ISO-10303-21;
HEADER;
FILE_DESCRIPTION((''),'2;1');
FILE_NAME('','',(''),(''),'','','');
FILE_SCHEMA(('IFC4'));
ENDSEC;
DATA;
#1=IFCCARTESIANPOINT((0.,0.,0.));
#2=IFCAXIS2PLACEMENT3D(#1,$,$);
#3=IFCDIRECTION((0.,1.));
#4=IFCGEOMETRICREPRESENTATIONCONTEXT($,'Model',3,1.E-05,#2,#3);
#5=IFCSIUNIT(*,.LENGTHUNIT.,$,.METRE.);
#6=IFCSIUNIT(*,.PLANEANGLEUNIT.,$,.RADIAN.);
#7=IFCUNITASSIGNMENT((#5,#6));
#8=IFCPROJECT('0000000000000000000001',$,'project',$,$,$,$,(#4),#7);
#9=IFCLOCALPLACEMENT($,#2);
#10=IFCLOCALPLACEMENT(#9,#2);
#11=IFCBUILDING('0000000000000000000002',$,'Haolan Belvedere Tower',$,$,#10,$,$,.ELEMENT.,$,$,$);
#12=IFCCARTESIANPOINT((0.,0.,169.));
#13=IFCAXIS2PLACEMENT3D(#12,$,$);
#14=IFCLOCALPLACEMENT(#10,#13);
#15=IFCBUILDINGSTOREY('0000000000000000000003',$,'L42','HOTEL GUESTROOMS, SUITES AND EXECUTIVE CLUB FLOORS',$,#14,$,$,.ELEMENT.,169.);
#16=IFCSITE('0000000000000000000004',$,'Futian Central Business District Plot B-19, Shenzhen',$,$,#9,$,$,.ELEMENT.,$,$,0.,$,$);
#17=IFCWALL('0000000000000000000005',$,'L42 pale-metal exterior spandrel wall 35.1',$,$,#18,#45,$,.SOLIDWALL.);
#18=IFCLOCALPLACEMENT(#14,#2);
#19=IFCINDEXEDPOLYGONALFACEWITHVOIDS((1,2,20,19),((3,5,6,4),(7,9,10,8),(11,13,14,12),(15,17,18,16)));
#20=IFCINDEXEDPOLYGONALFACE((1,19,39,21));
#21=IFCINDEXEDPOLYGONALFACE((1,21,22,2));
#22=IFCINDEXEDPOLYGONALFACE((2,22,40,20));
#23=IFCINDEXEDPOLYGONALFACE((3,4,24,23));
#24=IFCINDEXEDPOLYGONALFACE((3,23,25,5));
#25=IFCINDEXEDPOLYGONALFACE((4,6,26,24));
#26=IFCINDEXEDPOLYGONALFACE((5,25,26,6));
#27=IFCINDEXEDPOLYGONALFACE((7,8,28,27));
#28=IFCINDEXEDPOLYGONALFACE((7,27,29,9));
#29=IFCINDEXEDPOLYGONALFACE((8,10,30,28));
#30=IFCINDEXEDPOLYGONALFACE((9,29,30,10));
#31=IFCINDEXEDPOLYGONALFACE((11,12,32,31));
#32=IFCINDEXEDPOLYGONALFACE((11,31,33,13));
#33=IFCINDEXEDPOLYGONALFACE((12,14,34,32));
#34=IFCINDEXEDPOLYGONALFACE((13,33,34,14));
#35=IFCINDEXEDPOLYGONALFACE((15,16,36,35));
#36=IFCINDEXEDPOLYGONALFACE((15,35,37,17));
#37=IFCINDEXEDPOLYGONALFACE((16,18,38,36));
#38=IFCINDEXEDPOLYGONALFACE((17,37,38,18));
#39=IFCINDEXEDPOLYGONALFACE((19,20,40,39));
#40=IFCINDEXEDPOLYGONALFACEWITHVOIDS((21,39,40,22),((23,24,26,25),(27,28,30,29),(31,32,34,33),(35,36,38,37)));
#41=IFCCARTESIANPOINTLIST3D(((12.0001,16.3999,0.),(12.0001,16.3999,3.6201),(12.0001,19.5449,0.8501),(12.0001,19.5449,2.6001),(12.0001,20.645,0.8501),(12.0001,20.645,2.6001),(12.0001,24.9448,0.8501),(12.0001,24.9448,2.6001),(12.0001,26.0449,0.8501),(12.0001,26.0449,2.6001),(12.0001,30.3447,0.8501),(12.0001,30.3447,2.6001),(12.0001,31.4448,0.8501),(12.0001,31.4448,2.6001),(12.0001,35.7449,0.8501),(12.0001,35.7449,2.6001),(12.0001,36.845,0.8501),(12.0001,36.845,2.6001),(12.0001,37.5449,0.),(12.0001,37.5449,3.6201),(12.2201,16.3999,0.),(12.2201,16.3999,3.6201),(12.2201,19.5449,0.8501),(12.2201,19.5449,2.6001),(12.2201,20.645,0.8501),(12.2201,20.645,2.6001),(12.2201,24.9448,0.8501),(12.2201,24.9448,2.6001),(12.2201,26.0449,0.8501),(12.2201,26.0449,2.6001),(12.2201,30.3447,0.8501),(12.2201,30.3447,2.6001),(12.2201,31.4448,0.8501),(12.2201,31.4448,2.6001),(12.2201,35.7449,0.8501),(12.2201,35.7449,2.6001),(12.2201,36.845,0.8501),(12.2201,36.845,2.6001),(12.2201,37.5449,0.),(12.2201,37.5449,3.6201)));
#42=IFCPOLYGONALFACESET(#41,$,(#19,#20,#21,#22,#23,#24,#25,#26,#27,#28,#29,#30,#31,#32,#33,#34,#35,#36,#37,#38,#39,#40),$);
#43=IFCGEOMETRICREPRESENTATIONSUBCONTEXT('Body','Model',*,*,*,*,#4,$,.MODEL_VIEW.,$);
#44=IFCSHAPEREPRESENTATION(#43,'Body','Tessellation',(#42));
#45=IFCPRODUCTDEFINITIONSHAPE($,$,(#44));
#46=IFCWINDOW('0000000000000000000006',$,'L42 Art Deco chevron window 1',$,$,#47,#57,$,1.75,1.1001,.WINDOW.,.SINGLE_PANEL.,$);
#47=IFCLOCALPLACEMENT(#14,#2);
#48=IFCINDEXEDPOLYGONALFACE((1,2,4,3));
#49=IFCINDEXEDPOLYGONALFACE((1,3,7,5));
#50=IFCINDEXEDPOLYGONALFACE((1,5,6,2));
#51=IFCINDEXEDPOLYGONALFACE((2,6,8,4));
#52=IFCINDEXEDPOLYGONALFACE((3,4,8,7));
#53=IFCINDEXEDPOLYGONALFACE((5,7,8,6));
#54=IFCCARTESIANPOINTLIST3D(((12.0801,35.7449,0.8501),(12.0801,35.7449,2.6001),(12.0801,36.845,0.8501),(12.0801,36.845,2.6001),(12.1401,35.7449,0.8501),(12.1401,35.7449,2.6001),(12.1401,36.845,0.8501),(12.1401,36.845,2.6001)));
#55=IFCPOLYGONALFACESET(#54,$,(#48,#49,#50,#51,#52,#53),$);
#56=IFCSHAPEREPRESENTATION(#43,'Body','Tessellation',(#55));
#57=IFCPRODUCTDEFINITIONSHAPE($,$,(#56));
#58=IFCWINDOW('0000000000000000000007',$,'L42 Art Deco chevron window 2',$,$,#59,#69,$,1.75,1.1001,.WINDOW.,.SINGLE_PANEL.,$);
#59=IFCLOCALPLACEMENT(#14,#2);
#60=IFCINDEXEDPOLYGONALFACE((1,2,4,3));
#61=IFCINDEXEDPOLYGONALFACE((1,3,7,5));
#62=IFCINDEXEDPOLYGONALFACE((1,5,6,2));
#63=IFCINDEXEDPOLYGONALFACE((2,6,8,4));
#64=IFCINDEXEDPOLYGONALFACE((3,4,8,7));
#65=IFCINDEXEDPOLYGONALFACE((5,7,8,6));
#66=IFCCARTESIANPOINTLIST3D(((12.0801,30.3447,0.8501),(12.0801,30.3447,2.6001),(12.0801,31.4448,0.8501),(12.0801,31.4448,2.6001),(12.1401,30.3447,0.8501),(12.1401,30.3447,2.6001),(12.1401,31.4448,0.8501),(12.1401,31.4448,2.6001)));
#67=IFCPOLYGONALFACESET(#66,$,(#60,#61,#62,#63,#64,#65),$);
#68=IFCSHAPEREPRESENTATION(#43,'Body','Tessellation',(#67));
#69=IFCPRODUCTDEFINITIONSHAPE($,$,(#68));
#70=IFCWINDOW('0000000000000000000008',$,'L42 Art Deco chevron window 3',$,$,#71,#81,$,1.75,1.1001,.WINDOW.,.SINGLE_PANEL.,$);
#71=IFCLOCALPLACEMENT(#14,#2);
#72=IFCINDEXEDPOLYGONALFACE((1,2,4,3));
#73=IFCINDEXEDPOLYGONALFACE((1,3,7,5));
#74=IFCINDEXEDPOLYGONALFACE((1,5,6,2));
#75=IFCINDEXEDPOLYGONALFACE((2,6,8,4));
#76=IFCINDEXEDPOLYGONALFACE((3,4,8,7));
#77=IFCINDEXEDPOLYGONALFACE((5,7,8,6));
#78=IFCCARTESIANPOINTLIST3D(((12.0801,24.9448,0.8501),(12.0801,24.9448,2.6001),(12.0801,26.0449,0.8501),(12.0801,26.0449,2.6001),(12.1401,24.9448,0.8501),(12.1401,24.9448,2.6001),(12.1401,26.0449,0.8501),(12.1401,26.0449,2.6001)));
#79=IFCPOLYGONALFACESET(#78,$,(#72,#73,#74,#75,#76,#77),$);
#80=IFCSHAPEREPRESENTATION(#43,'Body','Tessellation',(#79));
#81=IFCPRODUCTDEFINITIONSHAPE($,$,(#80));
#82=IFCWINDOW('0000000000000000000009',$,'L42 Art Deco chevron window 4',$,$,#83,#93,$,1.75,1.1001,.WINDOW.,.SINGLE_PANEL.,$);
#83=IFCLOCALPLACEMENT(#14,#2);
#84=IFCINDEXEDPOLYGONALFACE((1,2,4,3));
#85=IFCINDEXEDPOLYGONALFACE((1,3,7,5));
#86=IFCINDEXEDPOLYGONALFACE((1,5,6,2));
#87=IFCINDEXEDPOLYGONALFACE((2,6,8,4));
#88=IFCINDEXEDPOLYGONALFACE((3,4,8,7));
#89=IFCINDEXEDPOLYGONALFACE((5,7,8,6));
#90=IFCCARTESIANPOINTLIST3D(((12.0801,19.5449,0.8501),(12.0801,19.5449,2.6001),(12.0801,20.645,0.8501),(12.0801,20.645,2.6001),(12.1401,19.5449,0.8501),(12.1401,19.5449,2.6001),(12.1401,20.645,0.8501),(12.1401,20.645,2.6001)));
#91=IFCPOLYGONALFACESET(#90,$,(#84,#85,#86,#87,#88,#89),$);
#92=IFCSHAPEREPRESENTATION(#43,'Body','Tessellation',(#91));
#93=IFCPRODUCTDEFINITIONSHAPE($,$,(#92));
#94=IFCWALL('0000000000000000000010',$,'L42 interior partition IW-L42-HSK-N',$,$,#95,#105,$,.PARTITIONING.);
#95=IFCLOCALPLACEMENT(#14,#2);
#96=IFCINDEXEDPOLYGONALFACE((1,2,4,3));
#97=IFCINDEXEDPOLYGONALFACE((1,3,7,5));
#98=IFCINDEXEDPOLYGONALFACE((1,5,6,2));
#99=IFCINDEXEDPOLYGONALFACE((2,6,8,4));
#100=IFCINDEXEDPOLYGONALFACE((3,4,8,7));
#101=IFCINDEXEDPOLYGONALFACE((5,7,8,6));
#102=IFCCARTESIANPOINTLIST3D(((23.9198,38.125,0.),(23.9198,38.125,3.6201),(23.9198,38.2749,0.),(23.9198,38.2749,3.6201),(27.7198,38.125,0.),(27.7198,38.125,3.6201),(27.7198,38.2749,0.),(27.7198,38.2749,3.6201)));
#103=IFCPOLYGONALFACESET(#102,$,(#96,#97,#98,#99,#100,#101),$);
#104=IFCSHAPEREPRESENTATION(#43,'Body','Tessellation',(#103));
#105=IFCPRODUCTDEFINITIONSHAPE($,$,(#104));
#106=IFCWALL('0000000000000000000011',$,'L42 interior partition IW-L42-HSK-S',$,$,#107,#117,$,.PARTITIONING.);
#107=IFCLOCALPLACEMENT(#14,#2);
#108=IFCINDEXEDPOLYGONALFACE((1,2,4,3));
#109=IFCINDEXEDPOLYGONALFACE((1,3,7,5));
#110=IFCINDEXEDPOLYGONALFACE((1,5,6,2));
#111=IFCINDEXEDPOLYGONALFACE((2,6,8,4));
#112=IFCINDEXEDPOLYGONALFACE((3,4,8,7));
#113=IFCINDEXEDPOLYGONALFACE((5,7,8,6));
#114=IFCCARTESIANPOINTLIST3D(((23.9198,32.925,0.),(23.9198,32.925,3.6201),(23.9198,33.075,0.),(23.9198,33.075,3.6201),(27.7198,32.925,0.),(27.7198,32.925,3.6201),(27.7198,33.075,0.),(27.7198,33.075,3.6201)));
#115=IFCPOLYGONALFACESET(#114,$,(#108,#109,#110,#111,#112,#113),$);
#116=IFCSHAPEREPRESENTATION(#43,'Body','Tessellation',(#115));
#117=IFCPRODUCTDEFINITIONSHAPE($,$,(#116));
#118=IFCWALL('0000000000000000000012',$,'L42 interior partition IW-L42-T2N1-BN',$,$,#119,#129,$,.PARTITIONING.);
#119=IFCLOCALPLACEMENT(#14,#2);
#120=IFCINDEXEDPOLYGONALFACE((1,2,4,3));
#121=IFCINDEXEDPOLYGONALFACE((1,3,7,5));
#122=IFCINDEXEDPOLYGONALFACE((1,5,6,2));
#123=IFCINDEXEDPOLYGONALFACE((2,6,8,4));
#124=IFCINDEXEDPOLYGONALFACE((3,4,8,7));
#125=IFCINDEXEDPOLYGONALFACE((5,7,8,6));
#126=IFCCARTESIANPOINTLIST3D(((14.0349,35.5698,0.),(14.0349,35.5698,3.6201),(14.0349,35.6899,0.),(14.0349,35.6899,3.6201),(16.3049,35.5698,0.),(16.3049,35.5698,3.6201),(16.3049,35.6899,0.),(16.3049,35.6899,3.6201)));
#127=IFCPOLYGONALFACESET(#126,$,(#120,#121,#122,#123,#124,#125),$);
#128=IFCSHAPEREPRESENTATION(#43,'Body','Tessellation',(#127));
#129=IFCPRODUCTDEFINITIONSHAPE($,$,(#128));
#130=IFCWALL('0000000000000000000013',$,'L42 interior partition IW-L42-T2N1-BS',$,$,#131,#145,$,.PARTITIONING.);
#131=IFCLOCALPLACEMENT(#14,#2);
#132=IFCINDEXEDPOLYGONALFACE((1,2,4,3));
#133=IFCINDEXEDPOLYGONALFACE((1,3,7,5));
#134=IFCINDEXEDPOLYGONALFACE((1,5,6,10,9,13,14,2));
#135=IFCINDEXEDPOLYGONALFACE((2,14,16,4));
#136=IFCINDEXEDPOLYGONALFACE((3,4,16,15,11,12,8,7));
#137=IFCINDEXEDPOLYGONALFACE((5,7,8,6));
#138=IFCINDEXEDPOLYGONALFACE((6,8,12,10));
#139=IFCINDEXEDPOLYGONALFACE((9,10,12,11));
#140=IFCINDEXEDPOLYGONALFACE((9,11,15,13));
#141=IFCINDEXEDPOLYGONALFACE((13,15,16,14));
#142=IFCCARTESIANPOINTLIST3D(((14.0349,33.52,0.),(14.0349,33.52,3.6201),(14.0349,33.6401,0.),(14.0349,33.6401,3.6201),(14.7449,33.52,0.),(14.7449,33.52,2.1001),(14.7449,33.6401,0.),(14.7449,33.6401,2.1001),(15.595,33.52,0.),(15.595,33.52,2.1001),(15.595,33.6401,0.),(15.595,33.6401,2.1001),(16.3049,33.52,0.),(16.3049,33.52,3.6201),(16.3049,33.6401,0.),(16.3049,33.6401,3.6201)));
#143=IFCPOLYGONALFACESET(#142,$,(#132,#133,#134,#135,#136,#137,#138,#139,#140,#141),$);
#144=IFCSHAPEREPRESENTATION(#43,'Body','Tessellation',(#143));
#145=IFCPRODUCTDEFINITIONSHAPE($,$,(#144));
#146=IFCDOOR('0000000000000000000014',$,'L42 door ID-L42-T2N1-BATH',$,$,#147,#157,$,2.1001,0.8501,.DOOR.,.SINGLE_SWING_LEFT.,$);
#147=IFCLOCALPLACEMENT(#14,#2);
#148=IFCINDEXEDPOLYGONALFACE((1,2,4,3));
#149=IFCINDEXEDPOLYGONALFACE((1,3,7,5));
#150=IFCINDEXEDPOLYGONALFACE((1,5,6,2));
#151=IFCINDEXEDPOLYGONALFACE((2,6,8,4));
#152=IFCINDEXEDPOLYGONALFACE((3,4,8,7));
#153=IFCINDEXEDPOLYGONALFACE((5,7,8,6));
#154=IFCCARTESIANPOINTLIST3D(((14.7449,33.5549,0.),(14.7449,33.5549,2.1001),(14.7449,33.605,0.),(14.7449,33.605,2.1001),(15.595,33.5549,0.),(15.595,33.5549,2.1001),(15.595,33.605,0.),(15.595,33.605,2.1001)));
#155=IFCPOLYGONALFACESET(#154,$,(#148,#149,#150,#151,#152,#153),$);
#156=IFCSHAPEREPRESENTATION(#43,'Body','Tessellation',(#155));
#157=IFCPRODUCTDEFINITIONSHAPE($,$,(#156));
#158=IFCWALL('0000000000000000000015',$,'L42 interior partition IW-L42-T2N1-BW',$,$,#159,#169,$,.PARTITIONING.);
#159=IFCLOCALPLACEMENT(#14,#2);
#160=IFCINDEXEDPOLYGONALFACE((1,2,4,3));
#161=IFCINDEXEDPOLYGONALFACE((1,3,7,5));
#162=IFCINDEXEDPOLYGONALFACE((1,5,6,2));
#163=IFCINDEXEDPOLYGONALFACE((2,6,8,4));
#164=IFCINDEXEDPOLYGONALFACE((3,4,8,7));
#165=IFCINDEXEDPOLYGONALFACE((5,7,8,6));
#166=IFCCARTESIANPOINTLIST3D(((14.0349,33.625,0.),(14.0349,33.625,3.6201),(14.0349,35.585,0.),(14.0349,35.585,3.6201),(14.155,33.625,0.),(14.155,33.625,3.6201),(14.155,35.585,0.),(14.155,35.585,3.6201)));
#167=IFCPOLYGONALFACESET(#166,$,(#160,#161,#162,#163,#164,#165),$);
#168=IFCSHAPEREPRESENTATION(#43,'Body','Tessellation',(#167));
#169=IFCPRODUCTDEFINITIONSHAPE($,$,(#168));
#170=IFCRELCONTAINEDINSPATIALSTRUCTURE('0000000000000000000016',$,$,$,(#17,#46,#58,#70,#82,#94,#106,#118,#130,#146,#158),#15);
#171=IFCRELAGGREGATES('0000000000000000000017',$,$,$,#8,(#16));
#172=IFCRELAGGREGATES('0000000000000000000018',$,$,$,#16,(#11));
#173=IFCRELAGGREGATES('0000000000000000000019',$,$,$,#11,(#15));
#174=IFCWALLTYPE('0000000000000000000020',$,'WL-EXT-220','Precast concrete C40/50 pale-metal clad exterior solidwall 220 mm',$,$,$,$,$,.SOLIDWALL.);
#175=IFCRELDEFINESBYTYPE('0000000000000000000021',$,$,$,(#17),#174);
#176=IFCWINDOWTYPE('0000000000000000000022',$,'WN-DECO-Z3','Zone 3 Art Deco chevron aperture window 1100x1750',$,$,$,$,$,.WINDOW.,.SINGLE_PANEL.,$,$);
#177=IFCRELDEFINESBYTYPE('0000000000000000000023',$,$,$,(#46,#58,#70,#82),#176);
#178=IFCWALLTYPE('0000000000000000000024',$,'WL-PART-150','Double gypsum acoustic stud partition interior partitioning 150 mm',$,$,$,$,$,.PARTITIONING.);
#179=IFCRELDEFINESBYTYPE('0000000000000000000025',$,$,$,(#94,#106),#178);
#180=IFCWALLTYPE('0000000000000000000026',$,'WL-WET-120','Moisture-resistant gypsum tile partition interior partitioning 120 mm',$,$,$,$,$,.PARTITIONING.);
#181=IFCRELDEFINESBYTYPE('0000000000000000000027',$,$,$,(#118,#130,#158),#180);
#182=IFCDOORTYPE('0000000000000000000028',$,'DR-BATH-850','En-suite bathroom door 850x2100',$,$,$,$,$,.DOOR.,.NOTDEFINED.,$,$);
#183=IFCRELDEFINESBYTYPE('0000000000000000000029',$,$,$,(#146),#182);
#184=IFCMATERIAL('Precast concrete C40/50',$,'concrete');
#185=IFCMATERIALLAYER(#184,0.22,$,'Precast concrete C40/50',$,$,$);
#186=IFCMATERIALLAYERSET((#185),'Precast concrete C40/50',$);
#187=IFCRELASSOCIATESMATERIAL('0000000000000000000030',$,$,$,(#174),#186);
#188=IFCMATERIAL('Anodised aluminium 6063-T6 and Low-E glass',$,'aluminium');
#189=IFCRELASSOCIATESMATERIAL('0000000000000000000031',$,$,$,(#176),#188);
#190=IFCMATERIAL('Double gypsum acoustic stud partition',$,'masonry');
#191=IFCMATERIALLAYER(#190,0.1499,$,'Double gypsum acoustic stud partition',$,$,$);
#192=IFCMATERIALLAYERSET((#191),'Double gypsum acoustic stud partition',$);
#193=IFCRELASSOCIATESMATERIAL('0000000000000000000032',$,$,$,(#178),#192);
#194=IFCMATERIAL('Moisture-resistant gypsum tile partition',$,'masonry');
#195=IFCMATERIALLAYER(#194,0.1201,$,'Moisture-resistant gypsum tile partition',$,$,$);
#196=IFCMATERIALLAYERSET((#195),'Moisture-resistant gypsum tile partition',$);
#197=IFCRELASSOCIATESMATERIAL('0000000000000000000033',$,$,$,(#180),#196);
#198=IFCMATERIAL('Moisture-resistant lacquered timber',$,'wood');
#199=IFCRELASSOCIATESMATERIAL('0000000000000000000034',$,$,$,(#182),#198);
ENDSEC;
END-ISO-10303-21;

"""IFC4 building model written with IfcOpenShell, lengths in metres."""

from ifc_helpers import new_model, si_unit, direction, frame, frame_2d, origin, place, context, subcontext, project, spatial, rectangle, extrude, material, layer, layer_set, type_object, element, fill, save


model = new_model("IFC4")

# Units and contexts
model_context = context("Model", 3, precision=1e-05, world=origin(), true_north=direction((0.0, 1.0)))
body_context = subcontext(model_context, "Body", "Model", "MODEL_VIEW")
ifc_project = project(units=[si_unit("LENGTHUNIT", "METRE"), si_unit("PLANEANGLEUNIT", "RADIAN")], contexts=[model_context])

# Site, building, storey
site_placement = place(None, origin())
site = spatial("IfcSite", under=ifc_project, at=site_placement, Name="Futian Central Business District Plot B-19, Shenzhen", CompositionType="ELEMENT", RefElevation=0.0)
building_placement = place(site_placement, origin())
building = spatial("IfcBuilding", under=site, at=building_placement, Name="Haolan Belvedere Tower", CompositionType="ELEMENT")
storey_placement = place(building_placement, frame((0.0, 0.0, 169.0)))
storey = spatial("IfcBuildingStorey", under=building, at=storey_placement, Name="L42", Description="HOTEL GUESTROOMS, SUITES AND EXECUTIVE CLUB FLOORS", CompositionType="ELEMENT", Elevation=169.0)

# Shared definitions
ifc_material_1 = material(Name="Precast concrete C40/50", Category="concrete")
ifc_layer_1 = layer(ifc_material_1, 0.22, Name="Precast concrete C40/50")
ifc_layer_set_1 = layer_set([ifc_layer_1], Name="Precast concrete C40/50")
wall_type_1 = type_object("IfcWallType", Name="WL-EXT-220", Description="Precast concrete C40/50 pale-metal clad exterior solidwall 220 mm", PredefinedType="SOLIDWALL", material=ifc_layer_set_1)

# Shared definitions
ifc_material_2 = material(Name="Anodised aluminium 6063-T6 and Low-E glass", Category="aluminium")
window_type = type_object("IfcWindowType", Name="WN-DECO-Z3", Description="Zone 3 Art Deco chevron aperture window 1100x1750", PartitioningType="SINGLE_PANEL", PredefinedType="WINDOW", material=ifc_material_2)

# Wall, openings, windows
wall_1_placement = place(storey_placement, frame((12.1101, 37.5449, 0.0), z_axis=(0.0, 0.0, 1.0), x_axis=(0.0, -1.0, 0.0)))
wall_1 = element("IfcWall", 1, at=wall_1_placement, inside=storey, type_object=wall_type_1, Name="L42 pale-metal exterior spandrel wall 35.1", PredefinedType="SOLIDWALL", context=body_context, shape_type="SweptSolid", body=[
    extrude(rectangle(XDim=21.145, YDim=0.22, at=frame_2d((10.5725, 0.0))), origin(), (0.0, 0.0, 1.0), 3.6201),
])
opening_1_placement = place(wall_1_placement, frame((0.7, 0.0, 0.8501)))
opening_1 = element("IfcOpeningElement", 2, at=opening_1_placement, cuts=wall_1, PredefinedType="OPENING", context=body_context, shape_type="SweptSolid", body=[
    extrude(rectangle(XDim=1.1001, YDim=1.75, at=frame_2d((0.55, 0.875))), frame((0.0, 0.1199, 0.0), z_axis=(0.0, -1.0, 0.0), x_axis=(1.0, 0.0, 0.0)), (0.0, 0.0, 1.0), 0.24),
])
opening_2_placement = place(wall_1_placement, frame((6.1001, 0.0, 0.8501)))
opening_2 = element("IfcOpeningElement", 3, at=opening_2_placement, cuts=wall_1, PredefinedType="OPENING", context=body_context, shape_type="SweptSolid", body=[
    extrude(rectangle(XDim=1.1001, YDim=1.75, at=frame_2d((0.55, 0.875))), frame((0.0, 0.1199, 0.0), z_axis=(0.0, -1.0, 0.0), x_axis=(1.0, 0.0, 0.0)), (0.0, 0.0, 1.0), 0.24),
])
opening_3_placement = place(wall_1_placement, frame((11.5, 0.0, 0.8501)))
opening_3 = element("IfcOpeningElement", 4, at=opening_3_placement, cuts=wall_1, PredefinedType="OPENING", context=body_context, shape_type="SweptSolid", body=[
    extrude(rectangle(XDim=1.1001, YDim=1.75, at=frame_2d((0.55, 0.875))), frame((0.0, 0.1199, 0.0), z_axis=(0.0, -1.0, 0.0), x_axis=(1.0, 0.0, 0.0)), (0.0, 0.0, 1.0), 0.24),
])
opening_4_placement = place(wall_1_placement, frame((16.8999, 0.0, 0.8501)))
opening_4 = element("IfcOpeningElement", 5, at=opening_4_placement, cuts=wall_1, PredefinedType="OPENING", context=body_context, shape_type="SweptSolid", body=[
    extrude(rectangle(XDim=1.1001, YDim=1.75, at=frame_2d((0.55, 0.875))), frame((0.0, 0.1199, 0.0), z_axis=(0.0, -1.0, 0.0), x_axis=(1.0, 0.0, 0.0)), (0.0, 0.0, 1.0), 0.24),
])
window_1_placement = place(opening_1_placement, origin())
window_1 = element("IfcWindow", 6, at=window_1_placement, inside=storey, type_object=window_type, Name="L42 Art Deco chevron window 1", OverallHeight=1.75, OverallWidth=1.1001, PartitioningType="SINGLE_PANEL", PredefinedType="WINDOW", context=body_context, shape_type="SweptSolid", body=[
    extrude(rectangle(XDim=1.1001, YDim=1.75, at=frame_2d((0.55, 0.875))), frame((0.0, 0.03, 0.0), z_axis=(0.0, -1.0, 0.0), x_axis=(1.0, 0.0, 0.0)), (0.0, 0.0, 1.0), 0.0601),
])
fill(opening_1, window_1)
window_2_placement = place(opening_2_placement, origin())
window_2 = element("IfcWindow", 7, at=window_2_placement, inside=storey, type_object=window_type, Name="L42 Art Deco chevron window 2", OverallHeight=1.75, OverallWidth=1.1001, PartitioningType="SINGLE_PANEL", PredefinedType="WINDOW", context=body_context, shape_type="SweptSolid", body=[
    extrude(rectangle(XDim=1.1001, YDim=1.75, at=frame_2d((0.55, 0.875))), frame((0.0, 0.03, 0.0), z_axis=(0.0, -1.0, 0.0), x_axis=(1.0, 0.0, 0.0)), (0.0, 0.0, 1.0), 0.0601),
])
fill(opening_2, window_2)
window_3_placement = place(opening_3_placement, origin())
window_3 = element("IfcWindow", 8, at=window_3_placement, inside=storey, type_object=window_type, Name="L42 Art Deco chevron window 3", OverallHeight=1.75, OverallWidth=1.1001, PartitioningType="SINGLE_PANEL", PredefinedType="WINDOW", context=body_context, shape_type="SweptSolid", body=[
    extrude(rectangle(XDim=1.1001, YDim=1.75, at=frame_2d((0.55, 0.875))), frame((0.0, 0.03, 0.0), z_axis=(0.0, -1.0, 0.0), x_axis=(1.0, 0.0, 0.0)), (0.0, 0.0, 1.0), 0.0601),
])
fill(opening_3, window_3)
window_4_placement = place(opening_4_placement, origin())
window_4 = element("IfcWindow", 9, at=window_4_placement, inside=storey, type_object=window_type, Name="L42 Art Deco chevron window 4", OverallHeight=1.75, OverallWidth=1.1001, PartitioningType="SINGLE_PANEL", PredefinedType="WINDOW", context=body_context, shape_type="SweptSolid", body=[
    extrude(rectangle(XDim=1.1001, YDim=1.75, at=frame_2d((0.55, 0.875))), frame((0.0, 0.03, 0.0), z_axis=(0.0, -1.0, 0.0), x_axis=(1.0, 0.0, 0.0)), (0.0, 0.0, 1.0), 0.0601),
])
fill(opening_4, window_4)

# Walls
ifc_material_3 = material(Name="Double gypsum acoustic stud partition", Category="masonry")
ifc_layer_2 = layer(ifc_material_3, 0.1499, Name="Double gypsum acoustic stud partition")
ifc_layer_set_2 = layer_set([ifc_layer_2], Name="Double gypsum acoustic stud partition")
wall_type_2 = type_object("IfcWallType", Name="WL-PART-150", Description="Double gypsum acoustic stud partition interior partitioning 150 mm", PredefinedType="PARTITIONING", material=ifc_layer_set_2)
for number, where, z_axis, x_axis, name in (
    (10, (23.9199, 38.2, 0.0), (0.0, 0.0, 1.0), (1.0, 0.0, 0.0), "L42 interior partition IW-L42-HSK-N"),
    (11, (23.9199, 33.0, 0.0), (0.0, 0.0, 1.0), (1.0, 0.0, 0.0), "L42 interior partition IW-L42-HSK-S"),
):
    element("IfcWall", number, at=place(storey_placement, frame(where, z_axis=z_axis, x_axis=x_axis)), inside=storey, type_object=wall_type_2, Name=name, PredefinedType="PARTITIONING", context=body_context, shape_type="SweptSolid", body=[
        extrude(rectangle(XDim=3.8, YDim=0.1499, at=frame_2d((1.8999, 0.0))), origin(), (0.0, 0.0, 1.0), 3.6201),
    ])
ifc_material_4 = material(Name="Moisture-resistant gypsum tile partition", Category="masonry")
ifc_layer_3 = layer(ifc_material_4, 0.1201, Name="Moisture-resistant gypsum tile partition")
ifc_layer_set_3 = layer_set([ifc_layer_3], Name="Moisture-resistant gypsum tile partition")
wall_type_3 = type_object("IfcWallType", Name="WL-WET-120", Description="Moisture-resistant gypsum tile partition interior partitioning 120 mm", PredefinedType="PARTITIONING", material=ifc_layer_set_3)
wall_2_placement = place(storey_placement, frame((14.0349, 35.6299, 0.0), z_axis=(0.0, 0.0, 1.0), x_axis=(1.0, 0.0, 0.0)))
element("IfcWall", 12, at=wall_2_placement, inside=storey, type_object=wall_type_3, Name="L42 interior partition IW-L42-T2N1-BN", PredefinedType="PARTITIONING", context=body_context, shape_type="SweptSolid", body=[
    extrude(rectangle(XDim=2.27, YDim=0.1201, at=frame_2d((1.135, 0.0))), origin(), (0.0, 0.0, 1.0), 3.6201),
])

# Wall, opening, door
wall_3_placement = place(storey_placement, frame((14.0349, 33.5801, 0.0), z_axis=(0.0, 0.0, 1.0), x_axis=(1.0, 0.0, 0.0)))
wall_3 = element("IfcWall", 13, at=wall_3_placement, inside=storey, type_object=wall_type_3, Name="L42 interior partition IW-L42-T2N1-BS", PredefinedType="PARTITIONING", context=body_context, shape_type="SweptSolid", body=[
    extrude(rectangle(XDim=2.27, YDim=0.1201, at=frame_2d((1.135, 0.0))), origin(), (0.0, 0.0, 1.0), 3.6201),
])
opening_5_placement = place(wall_3_placement, frame((0.71, 0.0, 0.0)))
opening_5 = element("IfcOpeningElement", 14, at=opening_5_placement, cuts=wall_3, PredefinedType="OPENING", context=body_context, shape_type="SweptSolid", body=[
    extrude(rectangle(XDim=0.8501, YDim=2.1001, at=frame_2d((0.425, 1.05))), frame((0.0, 0.0701, 0.0), z_axis=(0.0, -1.0, 0.0), x_axis=(1.0, 0.0, 0.0)), (0.0, 0.0, 1.0), 0.1401),
])
ifc_material_5 = material(Name="Moisture-resistant lacquered timber", Category="wood")
door_type = type_object("IfcDoorType", Name="DR-BATH-850", Description="En-suite bathroom door 850x2100", OperationType="NOTDEFINED", PredefinedType="DOOR", material=ifc_material_5)
door_1_placement = place(opening_5_placement, origin())
door_1 = element("IfcDoor", 15, at=door_1_placement, inside=storey, type_object=door_type, Name="L42 door ID-L42-T2N1-BATH", OperationType="SINGLE_SWING_LEFT", OverallHeight=2.1001, OverallWidth=0.8501, PredefinedType="DOOR", context=body_context, shape_type="SweptSolid", body=[
    extrude(rectangle(XDim=0.8501, YDim=2.1001, at=frame_2d((0.425, 1.05))), frame((0.0, 0.0249, 0.0), z_axis=(0.0, -1.0, 0.0), x_axis=(1.0, 0.0, 0.0)), (0.0, 0.0, 1.0), 0.05),
])
fill(opening_5, door_1)

# Wall
for number, where, z_axis, x_axis, name in (
    (16, (14.095, 33.625, 0.0), (0.0, 0.0, 1.0), (0.0, 1.0, 0.0), "L42 interior partition IW-L42-T2N1-BW"),
):
    element("IfcWall", number, at=place(storey_placement, frame(where, z_axis=z_axis, x_axis=x_axis)), inside=storey, type_object=wall_type_3, Name=name, PredefinedType="PARTITIONING", context=body_context, shape_type="SweptSolid", body=[
        extrude(rectangle(XDim=1.96, YDim=0.1201, at=frame_2d((0.98, 0.0))), origin(), (0.0, 0.0, 1.0), 3.6201),
    ])

save(model, "model.ifc")
